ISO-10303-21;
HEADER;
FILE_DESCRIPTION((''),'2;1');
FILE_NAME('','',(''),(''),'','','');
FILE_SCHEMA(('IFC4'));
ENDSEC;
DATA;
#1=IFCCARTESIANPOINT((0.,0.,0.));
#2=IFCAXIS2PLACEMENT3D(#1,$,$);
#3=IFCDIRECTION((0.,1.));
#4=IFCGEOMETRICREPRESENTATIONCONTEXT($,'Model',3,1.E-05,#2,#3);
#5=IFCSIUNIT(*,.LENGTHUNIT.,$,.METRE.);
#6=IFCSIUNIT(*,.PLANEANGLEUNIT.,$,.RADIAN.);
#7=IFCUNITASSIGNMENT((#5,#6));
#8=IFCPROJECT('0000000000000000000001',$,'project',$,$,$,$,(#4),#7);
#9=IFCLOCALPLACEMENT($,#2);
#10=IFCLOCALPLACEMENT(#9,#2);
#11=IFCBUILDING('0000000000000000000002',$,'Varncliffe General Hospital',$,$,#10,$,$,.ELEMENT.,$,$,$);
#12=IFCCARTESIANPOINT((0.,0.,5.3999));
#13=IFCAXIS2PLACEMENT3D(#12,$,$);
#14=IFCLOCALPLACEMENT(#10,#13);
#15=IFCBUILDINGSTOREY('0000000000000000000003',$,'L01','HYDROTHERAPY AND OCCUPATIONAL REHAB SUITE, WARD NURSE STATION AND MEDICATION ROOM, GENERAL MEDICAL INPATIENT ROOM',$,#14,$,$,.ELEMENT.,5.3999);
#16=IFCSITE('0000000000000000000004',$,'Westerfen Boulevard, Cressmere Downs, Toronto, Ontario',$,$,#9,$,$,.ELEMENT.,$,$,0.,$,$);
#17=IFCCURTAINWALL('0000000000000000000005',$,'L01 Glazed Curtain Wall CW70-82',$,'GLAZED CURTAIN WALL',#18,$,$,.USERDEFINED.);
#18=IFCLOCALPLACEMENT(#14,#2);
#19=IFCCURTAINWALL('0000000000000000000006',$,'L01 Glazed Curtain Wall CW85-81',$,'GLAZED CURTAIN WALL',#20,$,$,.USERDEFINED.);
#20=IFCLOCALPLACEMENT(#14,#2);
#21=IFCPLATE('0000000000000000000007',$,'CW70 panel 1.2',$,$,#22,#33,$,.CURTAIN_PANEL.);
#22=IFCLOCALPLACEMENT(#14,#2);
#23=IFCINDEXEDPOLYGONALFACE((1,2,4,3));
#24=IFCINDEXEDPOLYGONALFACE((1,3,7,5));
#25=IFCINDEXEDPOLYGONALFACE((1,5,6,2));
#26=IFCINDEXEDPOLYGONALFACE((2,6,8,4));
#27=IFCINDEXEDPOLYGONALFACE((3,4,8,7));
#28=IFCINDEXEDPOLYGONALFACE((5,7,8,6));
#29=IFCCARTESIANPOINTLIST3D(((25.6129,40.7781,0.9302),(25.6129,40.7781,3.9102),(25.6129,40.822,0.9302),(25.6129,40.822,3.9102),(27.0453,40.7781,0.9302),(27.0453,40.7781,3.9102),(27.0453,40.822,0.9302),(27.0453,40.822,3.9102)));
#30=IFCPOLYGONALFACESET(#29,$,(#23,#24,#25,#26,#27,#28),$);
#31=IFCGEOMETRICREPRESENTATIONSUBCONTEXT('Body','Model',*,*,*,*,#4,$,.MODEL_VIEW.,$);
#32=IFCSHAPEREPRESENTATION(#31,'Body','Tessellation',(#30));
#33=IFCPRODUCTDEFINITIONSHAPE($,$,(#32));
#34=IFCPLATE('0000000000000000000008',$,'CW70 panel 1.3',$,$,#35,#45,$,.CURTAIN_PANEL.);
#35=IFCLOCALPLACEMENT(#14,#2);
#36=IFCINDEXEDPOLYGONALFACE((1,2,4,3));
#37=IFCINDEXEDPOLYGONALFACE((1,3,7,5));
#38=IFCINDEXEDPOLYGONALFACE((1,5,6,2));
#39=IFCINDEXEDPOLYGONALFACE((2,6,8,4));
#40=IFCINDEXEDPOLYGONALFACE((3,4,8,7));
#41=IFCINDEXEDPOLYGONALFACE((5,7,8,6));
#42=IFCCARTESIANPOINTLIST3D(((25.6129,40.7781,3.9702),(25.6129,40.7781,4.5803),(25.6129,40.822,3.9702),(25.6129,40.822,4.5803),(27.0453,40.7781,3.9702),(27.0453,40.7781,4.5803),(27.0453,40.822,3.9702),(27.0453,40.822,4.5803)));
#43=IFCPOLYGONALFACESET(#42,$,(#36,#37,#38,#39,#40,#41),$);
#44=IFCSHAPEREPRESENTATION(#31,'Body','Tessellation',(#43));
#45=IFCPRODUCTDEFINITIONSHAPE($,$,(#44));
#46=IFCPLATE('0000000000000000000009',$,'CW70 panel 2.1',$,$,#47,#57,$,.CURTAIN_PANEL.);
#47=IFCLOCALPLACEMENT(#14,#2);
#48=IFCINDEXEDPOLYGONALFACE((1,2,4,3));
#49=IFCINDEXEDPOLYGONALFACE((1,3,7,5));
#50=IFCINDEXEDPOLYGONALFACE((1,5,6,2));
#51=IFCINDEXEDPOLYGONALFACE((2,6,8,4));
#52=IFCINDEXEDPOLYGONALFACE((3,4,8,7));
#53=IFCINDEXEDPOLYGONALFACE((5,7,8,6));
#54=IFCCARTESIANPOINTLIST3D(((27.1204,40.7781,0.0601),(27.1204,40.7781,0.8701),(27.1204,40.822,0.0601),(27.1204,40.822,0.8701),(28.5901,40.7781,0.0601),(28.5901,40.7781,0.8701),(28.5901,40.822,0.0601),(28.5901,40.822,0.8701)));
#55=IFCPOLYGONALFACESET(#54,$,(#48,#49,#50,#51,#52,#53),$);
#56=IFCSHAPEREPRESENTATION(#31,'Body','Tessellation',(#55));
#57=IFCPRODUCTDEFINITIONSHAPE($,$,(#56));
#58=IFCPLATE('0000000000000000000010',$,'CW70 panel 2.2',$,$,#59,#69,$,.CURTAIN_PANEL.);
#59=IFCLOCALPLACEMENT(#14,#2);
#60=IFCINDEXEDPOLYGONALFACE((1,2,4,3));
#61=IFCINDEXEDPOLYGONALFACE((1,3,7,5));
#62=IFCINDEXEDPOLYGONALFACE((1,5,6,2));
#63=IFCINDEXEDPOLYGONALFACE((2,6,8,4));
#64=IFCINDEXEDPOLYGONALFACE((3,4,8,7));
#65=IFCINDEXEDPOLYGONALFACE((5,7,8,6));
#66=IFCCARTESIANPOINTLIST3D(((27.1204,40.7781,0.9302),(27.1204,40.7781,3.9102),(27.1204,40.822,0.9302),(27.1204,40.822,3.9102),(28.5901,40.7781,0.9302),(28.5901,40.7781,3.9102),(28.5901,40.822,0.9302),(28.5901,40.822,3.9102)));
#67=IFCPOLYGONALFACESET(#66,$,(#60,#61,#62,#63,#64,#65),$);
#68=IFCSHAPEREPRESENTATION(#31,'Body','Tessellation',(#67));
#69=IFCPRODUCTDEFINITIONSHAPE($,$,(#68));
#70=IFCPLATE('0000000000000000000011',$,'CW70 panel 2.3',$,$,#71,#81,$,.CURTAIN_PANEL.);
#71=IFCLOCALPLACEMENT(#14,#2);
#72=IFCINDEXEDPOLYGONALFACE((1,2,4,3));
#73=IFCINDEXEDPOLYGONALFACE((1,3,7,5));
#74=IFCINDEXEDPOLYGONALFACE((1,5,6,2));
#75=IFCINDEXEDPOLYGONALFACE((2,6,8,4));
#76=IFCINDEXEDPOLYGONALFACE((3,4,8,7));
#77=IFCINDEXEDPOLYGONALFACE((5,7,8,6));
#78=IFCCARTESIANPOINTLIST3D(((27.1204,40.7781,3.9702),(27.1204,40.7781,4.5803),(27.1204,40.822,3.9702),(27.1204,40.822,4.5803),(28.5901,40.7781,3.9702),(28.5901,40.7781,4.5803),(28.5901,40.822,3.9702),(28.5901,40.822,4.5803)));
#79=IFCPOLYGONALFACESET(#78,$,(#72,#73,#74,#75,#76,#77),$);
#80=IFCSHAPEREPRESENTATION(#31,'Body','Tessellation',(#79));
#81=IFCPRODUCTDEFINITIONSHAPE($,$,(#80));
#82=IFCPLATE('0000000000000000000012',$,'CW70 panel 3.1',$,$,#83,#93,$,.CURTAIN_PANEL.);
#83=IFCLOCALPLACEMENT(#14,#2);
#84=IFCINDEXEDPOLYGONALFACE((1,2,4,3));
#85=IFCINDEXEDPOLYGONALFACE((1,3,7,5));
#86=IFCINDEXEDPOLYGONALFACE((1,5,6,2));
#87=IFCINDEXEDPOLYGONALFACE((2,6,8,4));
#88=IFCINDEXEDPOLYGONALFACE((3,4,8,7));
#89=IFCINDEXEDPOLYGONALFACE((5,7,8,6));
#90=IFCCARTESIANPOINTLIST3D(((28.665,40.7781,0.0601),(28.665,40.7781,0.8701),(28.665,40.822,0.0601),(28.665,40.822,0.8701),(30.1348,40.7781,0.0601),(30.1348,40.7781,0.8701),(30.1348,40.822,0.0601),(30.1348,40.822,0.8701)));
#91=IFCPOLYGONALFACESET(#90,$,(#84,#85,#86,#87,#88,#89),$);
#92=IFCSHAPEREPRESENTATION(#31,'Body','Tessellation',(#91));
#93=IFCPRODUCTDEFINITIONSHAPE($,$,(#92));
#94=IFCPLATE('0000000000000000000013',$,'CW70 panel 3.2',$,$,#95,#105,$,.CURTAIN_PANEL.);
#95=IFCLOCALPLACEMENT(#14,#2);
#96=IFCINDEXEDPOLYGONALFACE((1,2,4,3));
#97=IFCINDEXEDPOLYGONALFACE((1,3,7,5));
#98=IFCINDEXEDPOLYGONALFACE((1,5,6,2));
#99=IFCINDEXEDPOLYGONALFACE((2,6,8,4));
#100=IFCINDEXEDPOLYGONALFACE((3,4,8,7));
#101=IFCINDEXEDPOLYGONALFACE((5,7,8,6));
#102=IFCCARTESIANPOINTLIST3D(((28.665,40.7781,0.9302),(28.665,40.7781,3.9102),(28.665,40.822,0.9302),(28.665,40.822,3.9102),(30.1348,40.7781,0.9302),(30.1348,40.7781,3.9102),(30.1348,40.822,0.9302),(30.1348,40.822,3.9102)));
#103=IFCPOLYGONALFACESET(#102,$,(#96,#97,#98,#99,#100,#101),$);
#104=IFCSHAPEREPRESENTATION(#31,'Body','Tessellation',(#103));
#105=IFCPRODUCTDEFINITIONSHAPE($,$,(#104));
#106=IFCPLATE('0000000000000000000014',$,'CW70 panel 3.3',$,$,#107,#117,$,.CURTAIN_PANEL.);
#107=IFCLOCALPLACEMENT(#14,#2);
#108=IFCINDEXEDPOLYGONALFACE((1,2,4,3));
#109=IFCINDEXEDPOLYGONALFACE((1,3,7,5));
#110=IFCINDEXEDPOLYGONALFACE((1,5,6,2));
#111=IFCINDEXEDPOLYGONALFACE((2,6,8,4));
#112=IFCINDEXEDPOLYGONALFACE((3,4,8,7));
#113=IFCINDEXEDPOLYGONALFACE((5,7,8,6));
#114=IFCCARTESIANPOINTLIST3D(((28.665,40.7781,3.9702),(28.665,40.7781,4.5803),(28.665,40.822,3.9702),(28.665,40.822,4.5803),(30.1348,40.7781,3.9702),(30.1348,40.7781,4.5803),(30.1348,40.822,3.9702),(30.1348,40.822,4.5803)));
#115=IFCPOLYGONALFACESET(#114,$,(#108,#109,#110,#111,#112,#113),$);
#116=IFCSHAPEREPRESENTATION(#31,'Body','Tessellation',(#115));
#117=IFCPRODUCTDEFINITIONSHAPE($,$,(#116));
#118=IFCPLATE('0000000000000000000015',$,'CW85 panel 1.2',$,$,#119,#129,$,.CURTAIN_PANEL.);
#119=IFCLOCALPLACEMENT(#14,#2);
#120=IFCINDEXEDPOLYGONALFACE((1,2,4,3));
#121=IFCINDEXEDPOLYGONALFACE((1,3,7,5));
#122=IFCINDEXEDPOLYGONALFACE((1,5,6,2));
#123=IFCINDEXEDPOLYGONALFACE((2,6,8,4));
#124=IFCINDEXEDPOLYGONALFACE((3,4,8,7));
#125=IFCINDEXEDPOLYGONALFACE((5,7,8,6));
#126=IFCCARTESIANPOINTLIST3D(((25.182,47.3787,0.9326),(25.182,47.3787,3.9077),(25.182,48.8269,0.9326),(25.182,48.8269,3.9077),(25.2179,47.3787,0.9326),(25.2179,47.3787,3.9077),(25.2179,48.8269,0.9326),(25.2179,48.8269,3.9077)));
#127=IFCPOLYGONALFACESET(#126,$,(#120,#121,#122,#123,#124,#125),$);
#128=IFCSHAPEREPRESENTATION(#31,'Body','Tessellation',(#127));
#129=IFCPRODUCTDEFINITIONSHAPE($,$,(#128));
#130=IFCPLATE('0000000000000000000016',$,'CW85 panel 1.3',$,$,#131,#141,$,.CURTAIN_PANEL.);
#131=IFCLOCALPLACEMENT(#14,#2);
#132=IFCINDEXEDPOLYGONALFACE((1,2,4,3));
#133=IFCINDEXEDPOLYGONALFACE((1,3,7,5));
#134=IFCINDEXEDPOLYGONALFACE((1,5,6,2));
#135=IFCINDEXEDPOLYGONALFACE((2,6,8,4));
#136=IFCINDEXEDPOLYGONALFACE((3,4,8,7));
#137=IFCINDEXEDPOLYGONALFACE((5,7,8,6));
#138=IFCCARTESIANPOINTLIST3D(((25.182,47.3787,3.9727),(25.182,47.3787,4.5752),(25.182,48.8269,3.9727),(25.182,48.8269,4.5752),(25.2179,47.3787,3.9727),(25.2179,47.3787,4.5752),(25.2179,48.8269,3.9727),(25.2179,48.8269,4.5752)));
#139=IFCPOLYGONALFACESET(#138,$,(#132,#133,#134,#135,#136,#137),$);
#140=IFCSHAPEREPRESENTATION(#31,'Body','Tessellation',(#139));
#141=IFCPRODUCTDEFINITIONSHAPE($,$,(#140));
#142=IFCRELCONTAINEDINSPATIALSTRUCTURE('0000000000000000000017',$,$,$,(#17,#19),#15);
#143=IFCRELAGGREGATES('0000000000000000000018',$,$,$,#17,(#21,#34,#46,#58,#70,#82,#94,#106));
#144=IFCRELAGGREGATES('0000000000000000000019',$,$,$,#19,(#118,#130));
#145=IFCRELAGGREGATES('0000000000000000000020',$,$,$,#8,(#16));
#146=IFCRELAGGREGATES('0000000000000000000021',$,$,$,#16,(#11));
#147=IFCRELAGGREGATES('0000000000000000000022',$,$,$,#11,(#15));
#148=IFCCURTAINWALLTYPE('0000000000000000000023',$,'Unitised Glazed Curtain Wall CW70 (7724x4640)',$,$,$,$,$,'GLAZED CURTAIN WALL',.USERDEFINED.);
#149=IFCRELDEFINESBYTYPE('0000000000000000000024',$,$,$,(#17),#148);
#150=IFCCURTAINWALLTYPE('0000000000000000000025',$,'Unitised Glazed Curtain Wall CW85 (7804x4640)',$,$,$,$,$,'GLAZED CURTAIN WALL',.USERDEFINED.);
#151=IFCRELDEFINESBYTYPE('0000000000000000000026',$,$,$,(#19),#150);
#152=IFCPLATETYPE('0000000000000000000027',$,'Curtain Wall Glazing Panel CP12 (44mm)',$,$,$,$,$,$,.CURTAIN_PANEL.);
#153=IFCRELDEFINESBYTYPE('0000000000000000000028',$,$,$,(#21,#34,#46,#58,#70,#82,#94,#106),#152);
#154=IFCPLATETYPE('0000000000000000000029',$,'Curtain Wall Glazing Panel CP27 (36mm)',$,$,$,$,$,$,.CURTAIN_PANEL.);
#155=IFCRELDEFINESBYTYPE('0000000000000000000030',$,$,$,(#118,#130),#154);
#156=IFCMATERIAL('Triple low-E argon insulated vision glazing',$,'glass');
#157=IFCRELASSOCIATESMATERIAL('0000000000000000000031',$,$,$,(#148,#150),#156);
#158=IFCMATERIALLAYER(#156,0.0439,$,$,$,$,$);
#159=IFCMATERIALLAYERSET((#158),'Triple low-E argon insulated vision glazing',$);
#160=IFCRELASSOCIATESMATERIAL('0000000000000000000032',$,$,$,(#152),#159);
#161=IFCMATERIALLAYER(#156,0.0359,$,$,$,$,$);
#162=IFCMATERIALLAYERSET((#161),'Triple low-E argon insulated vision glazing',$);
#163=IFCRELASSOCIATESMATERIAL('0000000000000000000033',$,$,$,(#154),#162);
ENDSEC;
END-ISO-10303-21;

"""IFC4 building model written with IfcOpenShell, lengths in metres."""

from ifc_helpers import new_model, si_unit, direction, frame, origin, origin_2d, place, context, subcontext, project, spatial, rectangle, extrude, material, layer, layer_set, type_object, element, aggregate, save


model = new_model("IFC4")

# Units and contexts
model_context = context("Model", 3, precision=1e-05, world=origin(), true_north=direction((0.0, 1.0)))
body_context = subcontext(model_context, "Body", "Model", "MODEL_VIEW")
ifc_project = project(units=[si_unit("LENGTHUNIT", "METRE"), si_unit("PLANEANGLEUNIT", "RADIAN")], contexts=[model_context])

# Site, building, storey
site_placement = place(None, origin())
site = spatial("IfcSite", under=ifc_project, at=site_placement, Name="Westerfen Boulevard, Cressmere Downs, Toronto, Ontario", CompositionType="ELEMENT", RefElevation=0.0)
building_placement = place(site_placement, origin())
building = spatial("IfcBuilding", under=site, at=building_placement, Name="Varncliffe General Hospital", CompositionType="ELEMENT")
storey_placement = place(building_placement, frame((0.0, 0.0, 5.3999)))
storey = spatial("IfcBuildingStorey", under=building, at=storey_placement, Name="L01", Description="HYDROTHERAPY AND OCCUPATIONAL REHAB SUITE, WARD NURSE STATION AND MEDICATION ROOM, GENERAL MEDICAL INPATIENT ROOM", CompositionType="ELEMENT", Elevation=5.3999)

# Curtain wall
ifc_material_1 = material(Name="Triple low-E argon insulated vision glazing", Category="glass")
curtain_wall_type_1 = type_object("IfcCurtainWallType", Name="Unitised Glazed Curtain Wall CW70 (7724x4640)", ElementType="GLAZED CURTAIN WALL", PredefinedType="USERDEFINED", material=ifc_material_1)
curtain_wall_1_placement = place(storey_placement, origin())
curtain_wall_1 = element("IfcCurtainWall", 1, at=curtain_wall_1_placement, inside=storey, type_object=curtain_wall_type_1, Name="L01 Glazed Curtain Wall CW70-82", ObjectType="GLAZED CURTAIN WALL", PredefinedType="USERDEFINED")

# Curtain wall
curtain_wall_type_2 = type_object("IfcCurtainWallType", Name="Unitised Glazed Curtain Wall CW85 (7804x4640)", ElementType="GLAZED CURTAIN WALL", PredefinedType="USERDEFINED", material=ifc_material_1)
curtain_wall_2_placement = place(storey_placement, origin())
curtain_wall_2 = element("IfcCurtainWall", 2, at=curtain_wall_2_placement, inside=storey, type_object=curtain_wall_type_2, Name="L01 Glazed Curtain Wall CW85-81", ObjectType="GLAZED CURTAIN WALL", PredefinedType="USERDEFINED")

# Plates
ifc_layer_1 = layer(ifc_material_1, 0.0439)
ifc_layer_set_1 = layer_set([ifc_layer_1], Name="Triple low-E argon insulated vision glazing")
plate_type_1 = type_object("IfcPlateType", Name="Curtain Wall Glazing Panel CP12 (44mm)", PredefinedType="CURTAIN_PANEL", material=ifc_layer_set_1)
plate_1_placement = place(storey_placement, frame((26.3291, 40.8, 0.9302), z_axis=(0.0, 0.0, 1.0), x_axis=(1.0, 0.0, 0.0)))
plate_1 = element("IfcPlate", 3, at=plate_1_placement, type_object=plate_type_1, Name="CW70 panel 1.2", PredefinedType="CURTAIN_PANEL", context=body_context, shape_type="SweptSolid", body=[
    extrude(rectangle(XDim=1.4324, YDim=0.0439, at=origin_2d()), origin(), (0.0, 0.0, 1.0), 2.98),
])
plate_2_placement = place(storey_placement, frame((26.3291, 40.8, 3.9702), z_axis=(0.0, 0.0, 1.0), x_axis=(1.0, 0.0, 0.0)))
plate_2 = element("IfcPlate", 4, at=plate_2_placement, type_object=plate_type_1, Name="CW70 panel 1.3", PredefinedType="CURTAIN_PANEL", context=body_context, shape_type="SweptSolid", body=[
    extrude(rectangle(XDim=1.4324, YDim=0.0439, at=origin_2d()), origin(), (0.0, 0.0, 1.0), 0.6101),
])
plate_3_placement = place(storey_placement, frame((27.8552, 40.8, 0.0601), z_axis=(0.0, 0.0, 1.0), x_axis=(1.0, 0.0, 0.0)))
plate_3 = element("IfcPlate", 5, at=plate_3_placement, type_object=plate_type_1, Name="CW70 panel 2.1", PredefinedType="CURTAIN_PANEL", context=body_context, shape_type="SweptSolid", body=[
    extrude(rectangle(XDim=1.4697, YDim=0.0439, at=origin_2d()), origin(), (0.0, 0.0, 1.0), 0.8101),
])
plate_4_placement = place(storey_placement, frame((27.8552, 40.8, 0.9302), z_axis=(0.0, 0.0, 1.0), x_axis=(1.0, 0.0, 0.0)))
plate_4 = element("IfcPlate", 6, at=plate_4_placement, type_object=plate_type_1, Name="CW70 panel 2.2", PredefinedType="CURTAIN_PANEL", context=body_context, shape_type="SweptSolid", body=[
    extrude(rectangle(XDim=1.4697, YDim=0.0439, at=origin_2d()), origin(), (0.0, 0.0, 1.0), 2.98),
])
plate_5_placement = place(storey_placement, frame((27.8552, 40.8, 3.9702), z_axis=(0.0, 0.0, 1.0), x_axis=(1.0, 0.0, 0.0)))
plate_5 = element("IfcPlate", 7, at=plate_5_placement, type_object=plate_type_1, Name="CW70 panel 2.3", PredefinedType="CURTAIN_PANEL", context=body_context, shape_type="SweptSolid", body=[
    extrude(rectangle(XDim=1.4697, YDim=0.0439, at=origin_2d()), origin(), (0.0, 0.0, 1.0), 0.6101),
])
plate_6_placement = place(storey_placement, frame((29.3999, 40.8, 0.0601), z_axis=(0.0, 0.0, 1.0), x_axis=(1.0, 0.0, 0.0)))
plate_6 = element("IfcPlate", 8, at=plate_6_placement, type_object=plate_type_1, Name="CW70 panel 3.1", PredefinedType="CURTAIN_PANEL", context=body_context, shape_type="SweptSolid", body=[
    extrude(rectangle(XDim=1.4697, YDim=0.0439, at=origin_2d()), origin(), (0.0, 0.0, 1.0), 0.8101),
])
plate_7_placement = place(storey_placement, frame((29.3999, 40.8, 0.9302), z_axis=(0.0, 0.0, 1.0), x_axis=(1.0, 0.0, 0.0)))
plate_7 = element("IfcPlate", 9, at=plate_7_placement, type_object=plate_type_1, Name="CW70 panel 3.2", PredefinedType="CURTAIN_PANEL", context=body_context, shape_type="SweptSolid", body=[
    extrude(rectangle(XDim=1.4697, YDim=0.0439, at=origin_2d()), origin(), (0.0, 0.0, 1.0), 2.98),
])
plate_8_placement = place(storey_placement, frame((29.3999, 40.8, 3.9702), z_axis=(0.0, 0.0, 1.0), x_axis=(1.0, 0.0, 0.0)))
plate_8 = element("IfcPlate", 10, at=plate_8_placement, type_object=plate_type_1, Name="CW70 panel 3.3", PredefinedType="CURTAIN_PANEL", context=body_context, shape_type="SweptSolid", body=[
    extrude(rectangle(XDim=1.4697, YDim=0.0439, at=origin_2d()), origin(), (0.0, 0.0, 1.0), 0.6101),
])
aggregate(curtain_wall_1, [plate_1, plate_2, plate_3, plate_4, plate_5, plate_6, plate_7, plate_8])
ifc_layer_2 = layer(ifc_material_1, 0.0359)
ifc_layer_set_2 = layer_set([ifc_layer_2], Name="Triple low-E argon insulated vision glazing")
plate_type_2 = type_object("IfcPlateType", Name="Curtain Wall Glazing Panel CP27 (36mm)", PredefinedType="CURTAIN_PANEL", material=ifc_layer_set_2)
plate_9_placement = place(storey_placement, frame((25.2, 48.1028, 0.9326), z_axis=(0.0, 0.0, 1.0), x_axis=(0.0, -1.0, 0.0)))
plate_9 = element("IfcPlate", 11, at=plate_9_placement, type_object=plate_type_2, Name="CW85 panel 1.2", PredefinedType="CURTAIN_PANEL", context=body_context, shape_type="SweptSolid", body=[
    extrude(rectangle(XDim=1.4482, YDim=0.0359, at=origin_2d()), origin(), (0.0, 0.0, 1.0), 2.9751),
])
plate_10_placement = place(storey_placement, frame((25.2, 48.1028, 3.9727), z_axis=(0.0, 0.0, 1.0), x_axis=(0.0, -1.0, 0.0)))
plate_10 = element("IfcPlate", 12, at=plate_10_placement, type_object=plate_type_2, Name="CW85 panel 1.3", PredefinedType="CURTAIN_PANEL", context=body_context, shape_type="SweptSolid", body=[
    extrude(rectangle(XDim=1.4482, YDim=0.0359, at=origin_2d()), origin(), (0.0, 0.0, 1.0), 0.6025),
])
aggregate(curtain_wall_2, [plate_9, plate_10])

save(model, "model.ifc")
